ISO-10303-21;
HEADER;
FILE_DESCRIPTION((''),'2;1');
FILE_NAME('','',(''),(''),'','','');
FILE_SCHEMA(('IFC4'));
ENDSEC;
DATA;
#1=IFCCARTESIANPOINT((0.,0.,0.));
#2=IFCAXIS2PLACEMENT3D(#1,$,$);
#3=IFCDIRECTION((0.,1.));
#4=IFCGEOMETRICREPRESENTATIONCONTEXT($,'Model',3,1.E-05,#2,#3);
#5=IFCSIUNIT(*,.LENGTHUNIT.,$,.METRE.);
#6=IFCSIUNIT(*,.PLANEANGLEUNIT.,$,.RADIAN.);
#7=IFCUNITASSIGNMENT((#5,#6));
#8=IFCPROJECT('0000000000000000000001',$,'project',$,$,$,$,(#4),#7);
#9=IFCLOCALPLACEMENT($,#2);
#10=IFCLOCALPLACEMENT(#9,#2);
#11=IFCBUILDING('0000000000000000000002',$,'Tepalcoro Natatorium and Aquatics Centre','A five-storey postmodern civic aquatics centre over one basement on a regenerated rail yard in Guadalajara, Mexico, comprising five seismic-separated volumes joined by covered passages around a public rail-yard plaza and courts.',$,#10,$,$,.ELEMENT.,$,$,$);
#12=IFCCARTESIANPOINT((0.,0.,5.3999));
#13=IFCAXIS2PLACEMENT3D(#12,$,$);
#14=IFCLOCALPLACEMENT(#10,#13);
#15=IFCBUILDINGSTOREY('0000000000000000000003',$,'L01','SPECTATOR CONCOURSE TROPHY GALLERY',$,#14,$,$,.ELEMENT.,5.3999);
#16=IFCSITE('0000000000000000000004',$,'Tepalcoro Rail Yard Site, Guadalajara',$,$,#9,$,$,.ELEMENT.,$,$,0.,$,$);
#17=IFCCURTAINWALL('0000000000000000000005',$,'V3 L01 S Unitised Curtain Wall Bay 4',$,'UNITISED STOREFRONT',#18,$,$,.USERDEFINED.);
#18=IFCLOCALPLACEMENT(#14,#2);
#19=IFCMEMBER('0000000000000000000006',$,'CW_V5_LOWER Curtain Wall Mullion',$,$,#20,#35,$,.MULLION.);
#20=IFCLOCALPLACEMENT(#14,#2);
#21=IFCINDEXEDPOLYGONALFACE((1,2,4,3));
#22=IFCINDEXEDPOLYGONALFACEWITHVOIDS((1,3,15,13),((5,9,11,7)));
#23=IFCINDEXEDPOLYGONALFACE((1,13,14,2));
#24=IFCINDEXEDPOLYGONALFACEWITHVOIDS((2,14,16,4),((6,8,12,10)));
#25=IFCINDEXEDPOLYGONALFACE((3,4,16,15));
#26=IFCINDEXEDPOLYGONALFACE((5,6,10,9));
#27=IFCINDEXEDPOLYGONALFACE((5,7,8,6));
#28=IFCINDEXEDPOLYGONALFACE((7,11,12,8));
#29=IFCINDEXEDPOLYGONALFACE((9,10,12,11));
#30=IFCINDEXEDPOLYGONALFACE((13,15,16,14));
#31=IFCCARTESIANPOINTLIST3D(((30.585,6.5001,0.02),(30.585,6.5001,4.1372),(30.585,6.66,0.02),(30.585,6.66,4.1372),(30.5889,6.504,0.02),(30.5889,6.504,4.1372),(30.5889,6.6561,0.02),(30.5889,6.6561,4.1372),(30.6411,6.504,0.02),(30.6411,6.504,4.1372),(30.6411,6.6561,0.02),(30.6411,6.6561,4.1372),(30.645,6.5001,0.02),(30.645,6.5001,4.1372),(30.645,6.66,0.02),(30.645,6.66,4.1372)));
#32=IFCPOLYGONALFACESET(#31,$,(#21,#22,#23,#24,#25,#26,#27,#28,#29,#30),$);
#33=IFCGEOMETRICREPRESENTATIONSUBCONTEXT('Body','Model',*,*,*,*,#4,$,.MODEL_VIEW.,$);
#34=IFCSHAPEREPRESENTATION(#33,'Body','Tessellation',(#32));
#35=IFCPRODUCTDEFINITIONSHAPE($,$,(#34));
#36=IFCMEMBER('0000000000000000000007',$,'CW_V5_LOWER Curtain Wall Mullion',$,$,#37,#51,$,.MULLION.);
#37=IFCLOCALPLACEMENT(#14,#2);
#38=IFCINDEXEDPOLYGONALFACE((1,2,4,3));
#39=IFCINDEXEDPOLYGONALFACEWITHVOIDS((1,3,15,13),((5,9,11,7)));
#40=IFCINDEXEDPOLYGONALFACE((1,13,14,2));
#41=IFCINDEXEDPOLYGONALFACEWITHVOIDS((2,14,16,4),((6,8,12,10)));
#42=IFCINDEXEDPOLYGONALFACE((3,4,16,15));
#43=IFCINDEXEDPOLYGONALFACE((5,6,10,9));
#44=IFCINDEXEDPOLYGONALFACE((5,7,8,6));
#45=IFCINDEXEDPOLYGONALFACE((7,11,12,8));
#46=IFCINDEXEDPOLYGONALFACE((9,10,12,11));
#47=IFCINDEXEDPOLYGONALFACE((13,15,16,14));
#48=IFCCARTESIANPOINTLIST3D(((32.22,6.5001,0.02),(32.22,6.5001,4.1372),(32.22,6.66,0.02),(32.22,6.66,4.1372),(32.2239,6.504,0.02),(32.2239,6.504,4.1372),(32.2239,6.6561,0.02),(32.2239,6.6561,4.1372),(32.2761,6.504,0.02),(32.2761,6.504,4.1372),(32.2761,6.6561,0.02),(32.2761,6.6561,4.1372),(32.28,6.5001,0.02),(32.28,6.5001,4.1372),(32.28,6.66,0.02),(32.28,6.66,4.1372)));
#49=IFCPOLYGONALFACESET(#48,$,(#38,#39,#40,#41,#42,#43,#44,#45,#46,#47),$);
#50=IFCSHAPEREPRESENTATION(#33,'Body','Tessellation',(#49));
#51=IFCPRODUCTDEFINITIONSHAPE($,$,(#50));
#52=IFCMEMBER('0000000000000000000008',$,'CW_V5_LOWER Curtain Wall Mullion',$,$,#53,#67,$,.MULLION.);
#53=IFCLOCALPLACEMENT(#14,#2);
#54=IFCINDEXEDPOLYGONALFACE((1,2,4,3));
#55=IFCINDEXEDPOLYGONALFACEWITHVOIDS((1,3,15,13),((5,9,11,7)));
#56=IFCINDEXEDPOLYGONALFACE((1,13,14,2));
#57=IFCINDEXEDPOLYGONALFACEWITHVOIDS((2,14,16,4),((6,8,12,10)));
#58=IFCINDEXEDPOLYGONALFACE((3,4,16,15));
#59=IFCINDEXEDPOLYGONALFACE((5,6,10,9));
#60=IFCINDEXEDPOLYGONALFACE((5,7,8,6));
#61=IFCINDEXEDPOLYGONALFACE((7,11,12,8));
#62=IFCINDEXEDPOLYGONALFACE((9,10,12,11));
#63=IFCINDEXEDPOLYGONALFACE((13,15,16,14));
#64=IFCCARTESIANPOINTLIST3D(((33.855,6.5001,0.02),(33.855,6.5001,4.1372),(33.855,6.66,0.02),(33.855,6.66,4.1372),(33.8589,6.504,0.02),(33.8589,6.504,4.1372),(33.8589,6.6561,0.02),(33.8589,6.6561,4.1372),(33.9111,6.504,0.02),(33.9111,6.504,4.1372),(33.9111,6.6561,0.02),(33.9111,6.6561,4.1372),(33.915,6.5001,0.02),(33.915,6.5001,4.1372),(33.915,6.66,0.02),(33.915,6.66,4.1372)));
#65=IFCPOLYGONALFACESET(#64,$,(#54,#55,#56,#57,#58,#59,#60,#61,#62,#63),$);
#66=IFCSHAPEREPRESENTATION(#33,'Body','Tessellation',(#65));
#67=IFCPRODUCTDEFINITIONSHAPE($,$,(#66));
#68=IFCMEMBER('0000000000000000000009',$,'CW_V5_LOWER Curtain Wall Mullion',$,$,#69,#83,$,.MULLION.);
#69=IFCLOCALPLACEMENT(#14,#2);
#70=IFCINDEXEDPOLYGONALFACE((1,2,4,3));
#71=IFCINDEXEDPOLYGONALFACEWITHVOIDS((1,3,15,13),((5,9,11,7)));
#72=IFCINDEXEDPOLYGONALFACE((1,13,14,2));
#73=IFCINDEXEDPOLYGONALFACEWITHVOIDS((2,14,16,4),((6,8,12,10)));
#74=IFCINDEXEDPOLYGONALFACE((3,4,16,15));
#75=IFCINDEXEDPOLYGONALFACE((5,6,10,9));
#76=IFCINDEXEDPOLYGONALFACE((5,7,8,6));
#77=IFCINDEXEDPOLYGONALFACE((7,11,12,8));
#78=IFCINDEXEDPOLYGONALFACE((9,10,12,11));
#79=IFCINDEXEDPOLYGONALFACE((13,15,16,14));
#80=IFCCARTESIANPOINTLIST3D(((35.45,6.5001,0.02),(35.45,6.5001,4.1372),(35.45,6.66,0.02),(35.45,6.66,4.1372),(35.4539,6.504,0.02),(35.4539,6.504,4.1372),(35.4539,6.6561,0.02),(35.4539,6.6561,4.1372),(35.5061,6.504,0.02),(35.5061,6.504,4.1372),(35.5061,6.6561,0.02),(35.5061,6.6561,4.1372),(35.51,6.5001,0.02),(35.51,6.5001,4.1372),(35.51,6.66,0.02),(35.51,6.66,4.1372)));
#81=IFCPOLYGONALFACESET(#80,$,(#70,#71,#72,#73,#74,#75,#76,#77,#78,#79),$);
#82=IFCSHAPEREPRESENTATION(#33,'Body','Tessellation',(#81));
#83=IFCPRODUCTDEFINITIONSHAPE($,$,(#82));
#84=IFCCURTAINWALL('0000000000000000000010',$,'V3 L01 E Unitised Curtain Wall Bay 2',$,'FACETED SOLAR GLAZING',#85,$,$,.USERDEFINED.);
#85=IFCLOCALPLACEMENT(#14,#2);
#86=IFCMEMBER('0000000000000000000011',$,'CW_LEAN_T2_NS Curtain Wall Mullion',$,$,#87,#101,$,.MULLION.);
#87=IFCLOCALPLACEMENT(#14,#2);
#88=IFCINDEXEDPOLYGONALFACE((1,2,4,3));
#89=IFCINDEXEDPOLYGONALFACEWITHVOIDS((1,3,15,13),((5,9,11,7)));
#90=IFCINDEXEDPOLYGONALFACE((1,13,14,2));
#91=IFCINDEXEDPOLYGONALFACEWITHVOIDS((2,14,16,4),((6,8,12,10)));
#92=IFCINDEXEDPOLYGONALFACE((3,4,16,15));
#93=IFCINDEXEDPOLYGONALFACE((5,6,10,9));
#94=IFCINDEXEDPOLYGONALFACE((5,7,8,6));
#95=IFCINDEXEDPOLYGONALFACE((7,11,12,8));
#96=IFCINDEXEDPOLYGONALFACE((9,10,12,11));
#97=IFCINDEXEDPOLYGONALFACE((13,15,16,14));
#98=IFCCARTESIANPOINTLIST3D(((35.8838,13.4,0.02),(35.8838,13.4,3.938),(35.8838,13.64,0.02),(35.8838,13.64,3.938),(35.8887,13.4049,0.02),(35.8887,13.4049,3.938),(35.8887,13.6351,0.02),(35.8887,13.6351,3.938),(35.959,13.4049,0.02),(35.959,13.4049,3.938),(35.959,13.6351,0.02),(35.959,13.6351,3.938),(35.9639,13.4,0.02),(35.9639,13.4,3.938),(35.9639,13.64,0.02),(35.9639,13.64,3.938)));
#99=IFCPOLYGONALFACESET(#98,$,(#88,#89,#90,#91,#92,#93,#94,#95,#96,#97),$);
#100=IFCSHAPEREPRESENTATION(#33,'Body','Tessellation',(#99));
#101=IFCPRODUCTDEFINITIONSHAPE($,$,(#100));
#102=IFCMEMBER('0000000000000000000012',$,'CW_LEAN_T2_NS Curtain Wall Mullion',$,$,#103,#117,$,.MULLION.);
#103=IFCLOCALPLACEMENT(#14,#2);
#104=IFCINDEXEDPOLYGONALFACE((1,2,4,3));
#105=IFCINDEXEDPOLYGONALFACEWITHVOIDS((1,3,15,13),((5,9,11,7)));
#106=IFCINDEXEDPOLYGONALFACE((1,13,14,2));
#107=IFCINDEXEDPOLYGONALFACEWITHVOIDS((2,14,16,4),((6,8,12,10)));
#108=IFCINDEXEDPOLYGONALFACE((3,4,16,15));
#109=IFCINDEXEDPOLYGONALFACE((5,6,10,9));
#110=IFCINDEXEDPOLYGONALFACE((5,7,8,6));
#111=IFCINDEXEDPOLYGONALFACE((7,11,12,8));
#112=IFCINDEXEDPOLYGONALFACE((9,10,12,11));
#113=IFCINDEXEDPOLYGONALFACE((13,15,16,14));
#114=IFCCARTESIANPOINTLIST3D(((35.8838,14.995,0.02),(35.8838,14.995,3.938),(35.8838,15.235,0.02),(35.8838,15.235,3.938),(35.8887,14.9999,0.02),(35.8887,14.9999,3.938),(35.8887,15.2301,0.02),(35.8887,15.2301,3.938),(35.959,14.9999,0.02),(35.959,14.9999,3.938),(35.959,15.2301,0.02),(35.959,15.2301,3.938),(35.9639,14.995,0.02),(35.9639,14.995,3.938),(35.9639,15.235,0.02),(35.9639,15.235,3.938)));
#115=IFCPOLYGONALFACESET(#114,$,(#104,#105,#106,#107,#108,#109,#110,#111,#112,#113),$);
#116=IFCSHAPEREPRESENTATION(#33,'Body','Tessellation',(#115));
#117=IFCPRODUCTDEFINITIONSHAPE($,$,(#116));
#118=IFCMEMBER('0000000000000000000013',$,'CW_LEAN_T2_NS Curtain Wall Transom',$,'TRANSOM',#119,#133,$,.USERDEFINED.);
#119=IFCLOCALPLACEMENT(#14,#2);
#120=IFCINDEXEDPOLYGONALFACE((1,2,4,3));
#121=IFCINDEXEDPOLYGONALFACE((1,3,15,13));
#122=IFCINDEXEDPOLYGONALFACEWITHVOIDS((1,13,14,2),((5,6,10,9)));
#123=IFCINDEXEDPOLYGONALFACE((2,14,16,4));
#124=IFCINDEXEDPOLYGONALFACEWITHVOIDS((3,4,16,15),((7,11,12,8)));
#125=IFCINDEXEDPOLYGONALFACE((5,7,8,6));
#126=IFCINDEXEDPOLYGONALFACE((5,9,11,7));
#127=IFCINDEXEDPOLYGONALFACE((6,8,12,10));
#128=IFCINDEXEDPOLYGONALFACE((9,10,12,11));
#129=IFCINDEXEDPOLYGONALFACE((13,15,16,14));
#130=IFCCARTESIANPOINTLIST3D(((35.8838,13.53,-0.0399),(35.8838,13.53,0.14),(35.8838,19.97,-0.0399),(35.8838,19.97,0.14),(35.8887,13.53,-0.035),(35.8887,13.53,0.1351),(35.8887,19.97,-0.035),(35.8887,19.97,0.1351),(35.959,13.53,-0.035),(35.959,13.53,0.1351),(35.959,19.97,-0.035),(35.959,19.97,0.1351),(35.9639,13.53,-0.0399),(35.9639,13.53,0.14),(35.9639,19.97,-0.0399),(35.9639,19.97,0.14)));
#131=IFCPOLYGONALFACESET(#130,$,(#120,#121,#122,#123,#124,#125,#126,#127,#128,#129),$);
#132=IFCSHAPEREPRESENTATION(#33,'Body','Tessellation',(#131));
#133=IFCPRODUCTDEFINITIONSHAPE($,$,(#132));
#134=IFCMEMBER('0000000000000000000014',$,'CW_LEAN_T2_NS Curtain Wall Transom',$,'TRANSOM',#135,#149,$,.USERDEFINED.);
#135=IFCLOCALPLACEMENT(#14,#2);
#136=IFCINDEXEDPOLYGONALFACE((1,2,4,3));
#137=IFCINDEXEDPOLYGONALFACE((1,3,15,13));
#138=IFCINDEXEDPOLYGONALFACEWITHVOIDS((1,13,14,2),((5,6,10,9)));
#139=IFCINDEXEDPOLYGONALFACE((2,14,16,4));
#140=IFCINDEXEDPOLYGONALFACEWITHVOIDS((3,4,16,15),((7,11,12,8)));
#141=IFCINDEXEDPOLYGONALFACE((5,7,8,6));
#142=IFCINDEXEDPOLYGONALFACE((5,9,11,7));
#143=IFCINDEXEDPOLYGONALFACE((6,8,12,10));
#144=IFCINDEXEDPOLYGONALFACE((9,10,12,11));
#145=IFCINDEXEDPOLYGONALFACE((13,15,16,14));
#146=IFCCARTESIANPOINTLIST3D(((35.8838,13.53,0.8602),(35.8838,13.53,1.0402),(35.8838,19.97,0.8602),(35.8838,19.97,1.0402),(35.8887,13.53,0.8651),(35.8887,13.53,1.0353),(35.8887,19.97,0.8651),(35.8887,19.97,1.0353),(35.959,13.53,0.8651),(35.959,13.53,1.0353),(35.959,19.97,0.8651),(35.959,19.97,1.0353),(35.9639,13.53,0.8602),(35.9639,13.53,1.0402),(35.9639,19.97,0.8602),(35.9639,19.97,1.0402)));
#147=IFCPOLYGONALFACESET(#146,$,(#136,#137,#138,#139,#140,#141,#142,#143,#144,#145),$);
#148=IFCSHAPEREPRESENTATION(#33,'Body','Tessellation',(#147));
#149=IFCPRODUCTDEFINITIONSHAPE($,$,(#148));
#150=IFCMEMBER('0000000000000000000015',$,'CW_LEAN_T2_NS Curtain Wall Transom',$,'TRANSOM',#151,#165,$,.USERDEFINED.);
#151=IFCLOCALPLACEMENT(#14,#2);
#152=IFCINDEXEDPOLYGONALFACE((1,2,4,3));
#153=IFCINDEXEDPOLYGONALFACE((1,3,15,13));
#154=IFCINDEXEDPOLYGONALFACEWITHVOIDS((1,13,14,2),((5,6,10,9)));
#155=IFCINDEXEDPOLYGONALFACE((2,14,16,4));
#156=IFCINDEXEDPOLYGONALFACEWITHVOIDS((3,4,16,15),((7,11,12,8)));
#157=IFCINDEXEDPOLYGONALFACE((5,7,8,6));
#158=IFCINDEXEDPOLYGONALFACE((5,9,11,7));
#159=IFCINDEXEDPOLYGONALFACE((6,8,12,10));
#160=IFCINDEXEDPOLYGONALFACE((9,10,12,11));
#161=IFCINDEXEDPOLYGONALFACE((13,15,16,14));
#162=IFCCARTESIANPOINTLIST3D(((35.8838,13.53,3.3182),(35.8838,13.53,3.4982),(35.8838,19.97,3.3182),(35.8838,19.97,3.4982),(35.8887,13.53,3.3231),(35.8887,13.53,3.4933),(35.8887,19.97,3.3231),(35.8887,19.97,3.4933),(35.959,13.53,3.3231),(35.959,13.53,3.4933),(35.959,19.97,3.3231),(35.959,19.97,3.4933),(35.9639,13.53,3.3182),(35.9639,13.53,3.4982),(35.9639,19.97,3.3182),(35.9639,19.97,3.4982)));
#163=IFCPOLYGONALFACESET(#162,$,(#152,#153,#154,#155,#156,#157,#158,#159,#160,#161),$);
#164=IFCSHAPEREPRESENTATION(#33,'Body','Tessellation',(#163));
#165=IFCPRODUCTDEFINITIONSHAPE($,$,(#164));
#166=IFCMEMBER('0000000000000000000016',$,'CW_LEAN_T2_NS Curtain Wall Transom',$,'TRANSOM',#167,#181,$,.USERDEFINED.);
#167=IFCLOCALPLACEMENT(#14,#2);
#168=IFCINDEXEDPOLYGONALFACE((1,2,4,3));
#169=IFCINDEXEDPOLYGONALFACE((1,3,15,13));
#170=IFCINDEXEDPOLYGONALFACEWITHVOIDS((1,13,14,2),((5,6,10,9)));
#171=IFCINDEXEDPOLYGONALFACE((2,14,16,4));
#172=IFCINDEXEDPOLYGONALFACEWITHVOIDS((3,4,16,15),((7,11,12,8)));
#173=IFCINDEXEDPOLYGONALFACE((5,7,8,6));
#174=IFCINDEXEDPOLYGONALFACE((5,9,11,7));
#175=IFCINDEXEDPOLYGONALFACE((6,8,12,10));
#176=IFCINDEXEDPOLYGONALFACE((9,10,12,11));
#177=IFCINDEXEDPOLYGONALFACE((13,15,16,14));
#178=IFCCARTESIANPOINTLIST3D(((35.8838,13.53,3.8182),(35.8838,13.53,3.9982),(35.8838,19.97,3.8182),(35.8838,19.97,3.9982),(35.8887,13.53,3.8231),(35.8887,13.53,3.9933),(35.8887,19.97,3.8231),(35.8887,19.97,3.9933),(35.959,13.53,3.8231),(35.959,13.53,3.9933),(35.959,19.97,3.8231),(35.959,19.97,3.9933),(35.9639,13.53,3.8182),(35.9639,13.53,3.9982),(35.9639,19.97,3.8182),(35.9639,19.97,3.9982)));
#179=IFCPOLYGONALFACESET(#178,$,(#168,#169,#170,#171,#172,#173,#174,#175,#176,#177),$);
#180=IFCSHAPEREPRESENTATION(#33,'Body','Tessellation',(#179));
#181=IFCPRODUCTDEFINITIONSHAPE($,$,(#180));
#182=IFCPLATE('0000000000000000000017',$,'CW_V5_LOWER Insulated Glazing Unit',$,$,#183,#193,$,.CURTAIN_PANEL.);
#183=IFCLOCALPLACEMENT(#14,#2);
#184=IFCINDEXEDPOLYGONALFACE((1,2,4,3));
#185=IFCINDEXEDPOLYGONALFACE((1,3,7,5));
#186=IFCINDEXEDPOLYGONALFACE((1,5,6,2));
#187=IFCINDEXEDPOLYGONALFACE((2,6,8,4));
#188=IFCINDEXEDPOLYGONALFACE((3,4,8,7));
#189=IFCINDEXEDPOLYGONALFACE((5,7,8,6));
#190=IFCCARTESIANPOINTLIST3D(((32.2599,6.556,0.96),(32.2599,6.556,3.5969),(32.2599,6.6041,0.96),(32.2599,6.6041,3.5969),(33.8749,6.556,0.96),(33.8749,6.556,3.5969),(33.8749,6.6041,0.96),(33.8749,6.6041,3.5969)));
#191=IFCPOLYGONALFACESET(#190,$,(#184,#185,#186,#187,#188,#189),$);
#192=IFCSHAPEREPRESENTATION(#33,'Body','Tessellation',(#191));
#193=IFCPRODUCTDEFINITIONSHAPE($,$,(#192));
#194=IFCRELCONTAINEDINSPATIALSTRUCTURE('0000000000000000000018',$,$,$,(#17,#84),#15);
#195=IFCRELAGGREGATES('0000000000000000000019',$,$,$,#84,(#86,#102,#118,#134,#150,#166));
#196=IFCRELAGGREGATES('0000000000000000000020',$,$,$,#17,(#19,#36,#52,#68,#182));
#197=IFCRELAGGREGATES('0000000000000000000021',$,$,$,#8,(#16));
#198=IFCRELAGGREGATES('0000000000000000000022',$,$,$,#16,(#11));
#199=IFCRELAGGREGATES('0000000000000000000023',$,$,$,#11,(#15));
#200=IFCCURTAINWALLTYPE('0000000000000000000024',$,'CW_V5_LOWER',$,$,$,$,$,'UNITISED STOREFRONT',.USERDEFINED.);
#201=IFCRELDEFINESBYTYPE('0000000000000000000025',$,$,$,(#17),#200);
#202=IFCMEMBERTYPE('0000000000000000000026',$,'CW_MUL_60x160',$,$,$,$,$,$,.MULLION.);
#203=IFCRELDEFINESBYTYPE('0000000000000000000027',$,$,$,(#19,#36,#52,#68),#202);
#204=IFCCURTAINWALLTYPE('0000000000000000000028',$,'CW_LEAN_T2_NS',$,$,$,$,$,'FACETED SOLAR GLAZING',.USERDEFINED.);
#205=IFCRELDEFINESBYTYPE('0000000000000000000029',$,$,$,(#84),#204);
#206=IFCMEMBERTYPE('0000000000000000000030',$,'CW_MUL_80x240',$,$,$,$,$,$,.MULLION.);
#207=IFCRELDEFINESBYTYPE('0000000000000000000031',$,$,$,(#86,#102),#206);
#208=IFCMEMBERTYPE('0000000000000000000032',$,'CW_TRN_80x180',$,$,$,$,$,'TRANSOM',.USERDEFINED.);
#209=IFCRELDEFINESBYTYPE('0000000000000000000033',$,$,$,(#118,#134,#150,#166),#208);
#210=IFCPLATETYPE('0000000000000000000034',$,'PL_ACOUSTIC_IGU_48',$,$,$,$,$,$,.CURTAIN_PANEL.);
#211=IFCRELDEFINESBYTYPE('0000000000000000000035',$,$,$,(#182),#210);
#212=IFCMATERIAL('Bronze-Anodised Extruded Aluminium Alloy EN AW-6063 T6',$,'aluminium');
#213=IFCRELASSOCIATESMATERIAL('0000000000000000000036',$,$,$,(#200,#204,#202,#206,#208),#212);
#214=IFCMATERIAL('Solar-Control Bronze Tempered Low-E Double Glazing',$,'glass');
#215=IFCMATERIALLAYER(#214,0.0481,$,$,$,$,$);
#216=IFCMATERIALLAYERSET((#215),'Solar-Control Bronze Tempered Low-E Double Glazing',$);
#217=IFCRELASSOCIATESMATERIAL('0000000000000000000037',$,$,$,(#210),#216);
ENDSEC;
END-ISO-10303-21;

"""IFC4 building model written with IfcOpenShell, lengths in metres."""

from ifc_helpers import new_model, si_unit, direction, frame, origin, origin_2d, place, context, subcontext, project, spatial, rectangle, hollow_rectangle, extrude, material, layer, layer_set, material_profile, profile_set, type_object, element, aggregate, save


model = new_model("IFC4")

# Units and contexts
model_context = context("Model", 3, precision=1e-05, world=origin(), true_north=direction((0.0, 1.0)))
body_context = subcontext(model_context, "Body", "Model", "MODEL_VIEW")
ifc_project = project(units=[si_unit("LENGTHUNIT", "METRE"), si_unit("PLANEANGLEUNIT", "RADIAN")], contexts=[model_context])

# Site, building, storey
site_placement = place(None, origin())
site = spatial("IfcSite", under=ifc_project, at=site_placement, Name="Tepalcoro Rail Yard Site, Guadalajara", CompositionType="ELEMENT", RefElevation=0.0)
building_placement = place(site_placement, origin())
building = spatial("IfcBuilding", under=site, at=building_placement, Name="Tepalcoro Natatorium and Aquatics Centre", Description="A five-storey postmodern civic aquatics centre over one basement on a regenerated rail yard in Guadalajara, Mexico, comprising five seismic-separated volumes joined by covered passages around a public rail-yard plaza and courts.", CompositionType="ELEMENT")
storey_placement = place(building_placement, frame((0.0, 0.0, 5.3999)))
storey = spatial("IfcBuildingStorey", under=building, at=storey_placement, Name="L01", Description="SPECTATOR CONCOURSE TROPHY GALLERY", CompositionType="ELEMENT", Elevation=5.3999)

# Curtain walls, members
ifc_material_1 = material(Name="Bronze-Anodised Extruded Aluminium Alloy EN AW-6063 T6", Category="aluminium")
curtain_wall_type_1 = type_object("IfcCurtainWallType", Name="CW_V5_LOWER", ElementType="UNITISED STOREFRONT", PredefinedType="USERDEFINED", material=ifc_material_1)
curtain_wall_1_placement = place(storey_placement, origin())
curtain_wall_1 = element("IfcCurtainWall", 1, at=curtain_wall_1_placement, inside=storey, type_object=curtain_wall_type_1, Name="V3 L01 S Unitised Curtain Wall Bay 4", ObjectType="UNITISED STOREFRONT", PredefinedType="USERDEFINED")
ifc_material_profile_1 = material_profile(ifc_material_1, hollow_rectangle(XDim=0.0601, YDim=0.1599, WallThickness=0.0039, at=origin_2d()), Name="AL60X160X4")
ifc_profile_set_1 = profile_set([ifc_material_profile_1], Name="Bronze-Anodised Extruded Aluminium Alloy EN AW-6063 T6")
member_type_1 = type_object("IfcMemberType", Name="CW_MUL_60x160", PredefinedType="MULLION", material=ifc_profile_set_1)
member_1_placement = place(storey_placement, frame((30.615, 6.5801, 0.02), z_axis=(0.0, 0.0, 1.0), x_axis=(1.0, 0.0, 0.0)))
member_1 = element("IfcMember", 2, at=member_1_placement, type_object=member_type_1, Name="CW_V5_LOWER Curtain Wall Mullion", PredefinedType="MULLION", context=body_context, shape_type="SweptSolid", body=[
    extrude(hollow_rectangle(XDim=0.0601, YDim=0.1599, WallThickness=0.0039, at=origin_2d()), origin(), (0.0, 0.0, 1.0), 4.1172),
])
member_2_placement = place(storey_placement, frame((32.25, 6.5801, 0.02), z_axis=(0.0, 0.0, 1.0), x_axis=(1.0, 0.0, 0.0)))
member_2 = element("IfcMember", 3, at=member_2_placement, type_object=member_type_1, Name="CW_V5_LOWER Curtain Wall Mullion", PredefinedType="MULLION", context=body_context, shape_type="SweptSolid", body=[
    extrude(hollow_rectangle(XDim=0.0601, YDim=0.1599, WallThickness=0.0039, at=origin_2d()), origin(), (0.0, 0.0, 1.0), 4.1172),
])
member_3_placement = place(storey_placement, frame((33.885, 6.5801, 0.02), z_axis=(0.0, 0.0, 1.0), x_axis=(1.0, 0.0, 0.0)))
member_3 = element("IfcMember", 4, at=member_3_placement, type_object=member_type_1, Name="CW_V5_LOWER Curtain Wall Mullion", PredefinedType="MULLION", context=body_context, shape_type="SweptSolid", body=[
    extrude(hollow_rectangle(XDim=0.0601, YDim=0.1599, WallThickness=0.0039, at=origin_2d()), origin(), (0.0, 0.0, 1.0), 4.1172),
])
member_4_placement = place(storey_placement, frame((35.48, 6.5801, 0.02), z_axis=(0.0, 0.0, 1.0), x_axis=(1.0, 0.0, 0.0)))
member_4 = element("IfcMember", 5, at=member_4_placement, type_object=member_type_1, Name="CW_V5_LOWER Curtain Wall Mullion", PredefinedType="MULLION", context=body_context, shape_type="SweptSolid", body=[
    extrude(hollow_rectangle(XDim=0.0601, YDim=0.1599, WallThickness=0.0039, at=origin_2d()), origin(), (0.0, 0.0, 1.0), 4.1172),
])
curtain_wall_type_2 = type_object("IfcCurtainWallType", Name="CW_LEAN_T2_NS", ElementType="FACETED SOLAR GLAZING", PredefinedType="USERDEFINED", material=ifc_material_1)
curtain_wall_2_placement = place(storey_placement, origin())
curtain_wall_2 = element("IfcCurtainWall", 6, at=curtain_wall_2_placement, inside=storey, type_object=curtain_wall_type_2, Name="V3 L01 E Unitised Curtain Wall Bay 2", ObjectType="FACETED SOLAR GLAZING", PredefinedType="USERDEFINED")
ifc_material_profile_2 = material_profile(ifc_material_1, hollow_rectangle(XDim=0.0801, YDim=0.24, WallThickness=0.0049, at=origin_2d()), Name="AL80X240X5")
ifc_profile_set_2 = profile_set([ifc_material_profile_2], Name="Bronze-Anodised Extruded Aluminium Alloy EN AW-6063 T6")
member_type_2 = type_object("IfcMemberType", Name="CW_MUL_80x240", PredefinedType="MULLION", material=ifc_profile_set_2)
member_5_placement = place(storey_placement, frame((35.9238, 13.52, 0.02), z_axis=(0.0, 0.0, 1.0), x_axis=(1.0, 0.0, 0.0)))
member_5 = element("IfcMember", 7, at=member_5_placement, type_object=member_type_2, Name="CW_LEAN_T2_NS Curtain Wall Mullion", PredefinedType="MULLION", context=body_context, shape_type="SweptSolid", body=[
    extrude(hollow_rectangle(XDim=0.0801, YDim=0.24, WallThickness=0.0049, at=origin_2d()), origin(), (0.0, 0.0, 1.0), 3.918),
])
member_6_placement = place(storey_placement, frame((35.9238, 15.115, 0.02), z_axis=(0.0, 0.0, 1.0), x_axis=(1.0, 0.0, 0.0)))
member_6 = element("IfcMember", 8, at=member_6_placement, type_object=member_type_2, Name="CW_LEAN_T2_NS Curtain Wall Mullion", PredefinedType="MULLION", context=body_context, shape_type="SweptSolid", body=[
    extrude(hollow_rectangle(XDim=0.0801, YDim=0.24, WallThickness=0.0049, at=origin_2d()), origin(), (0.0, 0.0, 1.0), 3.918),
])
ifc_material_profile_3 = material_profile(ifc_material_1, hollow_rectangle(XDim=0.0801, YDim=0.1799, WallThickness=0.0049, at=origin_2d()), Name="AL80X180X5")
ifc_profile_set_3 = profile_set([ifc_material_profile_3], Name="Bronze-Anodised Extruded Aluminium Alloy EN AW-6063 T6")
member_type_3 = type_object("IfcMemberType", Name="CW_TRN_80x180", ElementType="TRANSOM", PredefinedType="USERDEFINED", material=ifc_profile_set_3)
member_7_placement = place(storey_placement, frame((35.9238, 13.53, 0.05), z_axis=(0.0, 1.0, 0.0), x_axis=(-1.0, 0.0, 0.0)))
member_7 = element("IfcMember", 9, at=member_7_placement, type_object=member_type_3, Name="CW_LEAN_T2_NS Curtain Wall Transom", ObjectType="TRANSOM", PredefinedType="USERDEFINED", context=body_context, shape_type="SweptSolid", body=[
    extrude(hollow_rectangle(XDim=0.0801, YDim=0.1799, WallThickness=0.0049, at=origin_2d()), origin(), (0.0, 0.0, 1.0), 6.4399),
])
member_8_placement = place(storey_placement, frame((35.9238, 13.53, 0.9502), z_axis=(0.0, 1.0, 0.0), x_axis=(-1.0, 0.0, 0.0)))
member_8 = element("IfcMember", 10, at=member_8_placement, type_object=member_type_3, Name="CW_LEAN_T2_NS Curtain Wall Transom", ObjectType="TRANSOM", PredefinedType="USERDEFINED", context=body_context, shape_type="SweptSolid", body=[
    extrude(hollow_rectangle(XDim=0.0801, YDim=0.1799, WallThickness=0.0049, at=origin_2d()), origin(), (0.0, 0.0, 1.0), 6.4399),
])
member_9_placement = place(storey_placement, frame((35.9238, 13.53, 3.4082), z_axis=(0.0, 1.0, 0.0), x_axis=(-1.0, 0.0, 0.0)))
member_9 = element("IfcMember", 11, at=member_9_placement, type_object=member_type_3, Name="CW_LEAN_T2_NS Curtain Wall Transom", ObjectType="TRANSOM", PredefinedType="USERDEFINED", context=body_context, shape_type="SweptSolid", body=[
    extrude(hollow_rectangle(XDim=0.0801, YDim=0.1799, WallThickness=0.0049, at=origin_2d()), origin(), (0.0, 0.0, 1.0), 6.4399),
])
member_10_placement = place(storey_placement, frame((35.9238, 13.53, 3.9082), z_axis=(0.0, 1.0, 0.0), x_axis=(-1.0, 0.0, 0.0)))
member_10 = element("IfcMember", 12, at=member_10_placement, type_object=member_type_3, Name="CW_LEAN_T2_NS Curtain Wall Transom", ObjectType="TRANSOM", PredefinedType="USERDEFINED", context=body_context, shape_type="SweptSolid", body=[
    extrude(hollow_rectangle(XDim=0.0801, YDim=0.1799, WallThickness=0.0049, at=origin_2d()), origin(), (0.0, 0.0, 1.0), 6.4399),
])

# Plate
ifc_material_2 = material(Name="Solar-Control Bronze Tempered Low-E Double Glazing", Category="glass")
ifc_layer_1 = layer(ifc_material_2, 0.0481)
ifc_layer_set_1 = layer_set([ifc_layer_1], Name="Solar-Control Bronze Tempered Low-E Double Glazing")
plate_type_1 = type_object("IfcPlateType", Name="PL_ACOUSTIC_IGU_48", PredefinedType="CURTAIN_PANEL", material=ifc_layer_set_1)
plate_1_placement = place(storey_placement, frame((33.0674, 6.5801, 0.96), z_axis=(0.0, 0.0, 1.0), x_axis=(1.0, 0.0, 0.0)))
plate_1 = element("IfcPlate", 13, at=plate_1_placement, type_object=plate_type_1, Name="CW_V5_LOWER Insulated Glazing Unit", PredefinedType="CURTAIN_PANEL", context=body_context, shape_type="SweptSolid", body=[
    extrude(rectangle(XDim=1.615, YDim=0.0481, at=origin_2d()), origin(), (0.0, 0.0, 1.0), 2.637),
])
aggregate(curtain_wall_2, [member_5, member_6, member_7, member_8, member_9, member_10])
aggregate(curtain_wall_1, [member_1, member_2, member_3, member_4, plate_1])

save(model, "model.ifc")
